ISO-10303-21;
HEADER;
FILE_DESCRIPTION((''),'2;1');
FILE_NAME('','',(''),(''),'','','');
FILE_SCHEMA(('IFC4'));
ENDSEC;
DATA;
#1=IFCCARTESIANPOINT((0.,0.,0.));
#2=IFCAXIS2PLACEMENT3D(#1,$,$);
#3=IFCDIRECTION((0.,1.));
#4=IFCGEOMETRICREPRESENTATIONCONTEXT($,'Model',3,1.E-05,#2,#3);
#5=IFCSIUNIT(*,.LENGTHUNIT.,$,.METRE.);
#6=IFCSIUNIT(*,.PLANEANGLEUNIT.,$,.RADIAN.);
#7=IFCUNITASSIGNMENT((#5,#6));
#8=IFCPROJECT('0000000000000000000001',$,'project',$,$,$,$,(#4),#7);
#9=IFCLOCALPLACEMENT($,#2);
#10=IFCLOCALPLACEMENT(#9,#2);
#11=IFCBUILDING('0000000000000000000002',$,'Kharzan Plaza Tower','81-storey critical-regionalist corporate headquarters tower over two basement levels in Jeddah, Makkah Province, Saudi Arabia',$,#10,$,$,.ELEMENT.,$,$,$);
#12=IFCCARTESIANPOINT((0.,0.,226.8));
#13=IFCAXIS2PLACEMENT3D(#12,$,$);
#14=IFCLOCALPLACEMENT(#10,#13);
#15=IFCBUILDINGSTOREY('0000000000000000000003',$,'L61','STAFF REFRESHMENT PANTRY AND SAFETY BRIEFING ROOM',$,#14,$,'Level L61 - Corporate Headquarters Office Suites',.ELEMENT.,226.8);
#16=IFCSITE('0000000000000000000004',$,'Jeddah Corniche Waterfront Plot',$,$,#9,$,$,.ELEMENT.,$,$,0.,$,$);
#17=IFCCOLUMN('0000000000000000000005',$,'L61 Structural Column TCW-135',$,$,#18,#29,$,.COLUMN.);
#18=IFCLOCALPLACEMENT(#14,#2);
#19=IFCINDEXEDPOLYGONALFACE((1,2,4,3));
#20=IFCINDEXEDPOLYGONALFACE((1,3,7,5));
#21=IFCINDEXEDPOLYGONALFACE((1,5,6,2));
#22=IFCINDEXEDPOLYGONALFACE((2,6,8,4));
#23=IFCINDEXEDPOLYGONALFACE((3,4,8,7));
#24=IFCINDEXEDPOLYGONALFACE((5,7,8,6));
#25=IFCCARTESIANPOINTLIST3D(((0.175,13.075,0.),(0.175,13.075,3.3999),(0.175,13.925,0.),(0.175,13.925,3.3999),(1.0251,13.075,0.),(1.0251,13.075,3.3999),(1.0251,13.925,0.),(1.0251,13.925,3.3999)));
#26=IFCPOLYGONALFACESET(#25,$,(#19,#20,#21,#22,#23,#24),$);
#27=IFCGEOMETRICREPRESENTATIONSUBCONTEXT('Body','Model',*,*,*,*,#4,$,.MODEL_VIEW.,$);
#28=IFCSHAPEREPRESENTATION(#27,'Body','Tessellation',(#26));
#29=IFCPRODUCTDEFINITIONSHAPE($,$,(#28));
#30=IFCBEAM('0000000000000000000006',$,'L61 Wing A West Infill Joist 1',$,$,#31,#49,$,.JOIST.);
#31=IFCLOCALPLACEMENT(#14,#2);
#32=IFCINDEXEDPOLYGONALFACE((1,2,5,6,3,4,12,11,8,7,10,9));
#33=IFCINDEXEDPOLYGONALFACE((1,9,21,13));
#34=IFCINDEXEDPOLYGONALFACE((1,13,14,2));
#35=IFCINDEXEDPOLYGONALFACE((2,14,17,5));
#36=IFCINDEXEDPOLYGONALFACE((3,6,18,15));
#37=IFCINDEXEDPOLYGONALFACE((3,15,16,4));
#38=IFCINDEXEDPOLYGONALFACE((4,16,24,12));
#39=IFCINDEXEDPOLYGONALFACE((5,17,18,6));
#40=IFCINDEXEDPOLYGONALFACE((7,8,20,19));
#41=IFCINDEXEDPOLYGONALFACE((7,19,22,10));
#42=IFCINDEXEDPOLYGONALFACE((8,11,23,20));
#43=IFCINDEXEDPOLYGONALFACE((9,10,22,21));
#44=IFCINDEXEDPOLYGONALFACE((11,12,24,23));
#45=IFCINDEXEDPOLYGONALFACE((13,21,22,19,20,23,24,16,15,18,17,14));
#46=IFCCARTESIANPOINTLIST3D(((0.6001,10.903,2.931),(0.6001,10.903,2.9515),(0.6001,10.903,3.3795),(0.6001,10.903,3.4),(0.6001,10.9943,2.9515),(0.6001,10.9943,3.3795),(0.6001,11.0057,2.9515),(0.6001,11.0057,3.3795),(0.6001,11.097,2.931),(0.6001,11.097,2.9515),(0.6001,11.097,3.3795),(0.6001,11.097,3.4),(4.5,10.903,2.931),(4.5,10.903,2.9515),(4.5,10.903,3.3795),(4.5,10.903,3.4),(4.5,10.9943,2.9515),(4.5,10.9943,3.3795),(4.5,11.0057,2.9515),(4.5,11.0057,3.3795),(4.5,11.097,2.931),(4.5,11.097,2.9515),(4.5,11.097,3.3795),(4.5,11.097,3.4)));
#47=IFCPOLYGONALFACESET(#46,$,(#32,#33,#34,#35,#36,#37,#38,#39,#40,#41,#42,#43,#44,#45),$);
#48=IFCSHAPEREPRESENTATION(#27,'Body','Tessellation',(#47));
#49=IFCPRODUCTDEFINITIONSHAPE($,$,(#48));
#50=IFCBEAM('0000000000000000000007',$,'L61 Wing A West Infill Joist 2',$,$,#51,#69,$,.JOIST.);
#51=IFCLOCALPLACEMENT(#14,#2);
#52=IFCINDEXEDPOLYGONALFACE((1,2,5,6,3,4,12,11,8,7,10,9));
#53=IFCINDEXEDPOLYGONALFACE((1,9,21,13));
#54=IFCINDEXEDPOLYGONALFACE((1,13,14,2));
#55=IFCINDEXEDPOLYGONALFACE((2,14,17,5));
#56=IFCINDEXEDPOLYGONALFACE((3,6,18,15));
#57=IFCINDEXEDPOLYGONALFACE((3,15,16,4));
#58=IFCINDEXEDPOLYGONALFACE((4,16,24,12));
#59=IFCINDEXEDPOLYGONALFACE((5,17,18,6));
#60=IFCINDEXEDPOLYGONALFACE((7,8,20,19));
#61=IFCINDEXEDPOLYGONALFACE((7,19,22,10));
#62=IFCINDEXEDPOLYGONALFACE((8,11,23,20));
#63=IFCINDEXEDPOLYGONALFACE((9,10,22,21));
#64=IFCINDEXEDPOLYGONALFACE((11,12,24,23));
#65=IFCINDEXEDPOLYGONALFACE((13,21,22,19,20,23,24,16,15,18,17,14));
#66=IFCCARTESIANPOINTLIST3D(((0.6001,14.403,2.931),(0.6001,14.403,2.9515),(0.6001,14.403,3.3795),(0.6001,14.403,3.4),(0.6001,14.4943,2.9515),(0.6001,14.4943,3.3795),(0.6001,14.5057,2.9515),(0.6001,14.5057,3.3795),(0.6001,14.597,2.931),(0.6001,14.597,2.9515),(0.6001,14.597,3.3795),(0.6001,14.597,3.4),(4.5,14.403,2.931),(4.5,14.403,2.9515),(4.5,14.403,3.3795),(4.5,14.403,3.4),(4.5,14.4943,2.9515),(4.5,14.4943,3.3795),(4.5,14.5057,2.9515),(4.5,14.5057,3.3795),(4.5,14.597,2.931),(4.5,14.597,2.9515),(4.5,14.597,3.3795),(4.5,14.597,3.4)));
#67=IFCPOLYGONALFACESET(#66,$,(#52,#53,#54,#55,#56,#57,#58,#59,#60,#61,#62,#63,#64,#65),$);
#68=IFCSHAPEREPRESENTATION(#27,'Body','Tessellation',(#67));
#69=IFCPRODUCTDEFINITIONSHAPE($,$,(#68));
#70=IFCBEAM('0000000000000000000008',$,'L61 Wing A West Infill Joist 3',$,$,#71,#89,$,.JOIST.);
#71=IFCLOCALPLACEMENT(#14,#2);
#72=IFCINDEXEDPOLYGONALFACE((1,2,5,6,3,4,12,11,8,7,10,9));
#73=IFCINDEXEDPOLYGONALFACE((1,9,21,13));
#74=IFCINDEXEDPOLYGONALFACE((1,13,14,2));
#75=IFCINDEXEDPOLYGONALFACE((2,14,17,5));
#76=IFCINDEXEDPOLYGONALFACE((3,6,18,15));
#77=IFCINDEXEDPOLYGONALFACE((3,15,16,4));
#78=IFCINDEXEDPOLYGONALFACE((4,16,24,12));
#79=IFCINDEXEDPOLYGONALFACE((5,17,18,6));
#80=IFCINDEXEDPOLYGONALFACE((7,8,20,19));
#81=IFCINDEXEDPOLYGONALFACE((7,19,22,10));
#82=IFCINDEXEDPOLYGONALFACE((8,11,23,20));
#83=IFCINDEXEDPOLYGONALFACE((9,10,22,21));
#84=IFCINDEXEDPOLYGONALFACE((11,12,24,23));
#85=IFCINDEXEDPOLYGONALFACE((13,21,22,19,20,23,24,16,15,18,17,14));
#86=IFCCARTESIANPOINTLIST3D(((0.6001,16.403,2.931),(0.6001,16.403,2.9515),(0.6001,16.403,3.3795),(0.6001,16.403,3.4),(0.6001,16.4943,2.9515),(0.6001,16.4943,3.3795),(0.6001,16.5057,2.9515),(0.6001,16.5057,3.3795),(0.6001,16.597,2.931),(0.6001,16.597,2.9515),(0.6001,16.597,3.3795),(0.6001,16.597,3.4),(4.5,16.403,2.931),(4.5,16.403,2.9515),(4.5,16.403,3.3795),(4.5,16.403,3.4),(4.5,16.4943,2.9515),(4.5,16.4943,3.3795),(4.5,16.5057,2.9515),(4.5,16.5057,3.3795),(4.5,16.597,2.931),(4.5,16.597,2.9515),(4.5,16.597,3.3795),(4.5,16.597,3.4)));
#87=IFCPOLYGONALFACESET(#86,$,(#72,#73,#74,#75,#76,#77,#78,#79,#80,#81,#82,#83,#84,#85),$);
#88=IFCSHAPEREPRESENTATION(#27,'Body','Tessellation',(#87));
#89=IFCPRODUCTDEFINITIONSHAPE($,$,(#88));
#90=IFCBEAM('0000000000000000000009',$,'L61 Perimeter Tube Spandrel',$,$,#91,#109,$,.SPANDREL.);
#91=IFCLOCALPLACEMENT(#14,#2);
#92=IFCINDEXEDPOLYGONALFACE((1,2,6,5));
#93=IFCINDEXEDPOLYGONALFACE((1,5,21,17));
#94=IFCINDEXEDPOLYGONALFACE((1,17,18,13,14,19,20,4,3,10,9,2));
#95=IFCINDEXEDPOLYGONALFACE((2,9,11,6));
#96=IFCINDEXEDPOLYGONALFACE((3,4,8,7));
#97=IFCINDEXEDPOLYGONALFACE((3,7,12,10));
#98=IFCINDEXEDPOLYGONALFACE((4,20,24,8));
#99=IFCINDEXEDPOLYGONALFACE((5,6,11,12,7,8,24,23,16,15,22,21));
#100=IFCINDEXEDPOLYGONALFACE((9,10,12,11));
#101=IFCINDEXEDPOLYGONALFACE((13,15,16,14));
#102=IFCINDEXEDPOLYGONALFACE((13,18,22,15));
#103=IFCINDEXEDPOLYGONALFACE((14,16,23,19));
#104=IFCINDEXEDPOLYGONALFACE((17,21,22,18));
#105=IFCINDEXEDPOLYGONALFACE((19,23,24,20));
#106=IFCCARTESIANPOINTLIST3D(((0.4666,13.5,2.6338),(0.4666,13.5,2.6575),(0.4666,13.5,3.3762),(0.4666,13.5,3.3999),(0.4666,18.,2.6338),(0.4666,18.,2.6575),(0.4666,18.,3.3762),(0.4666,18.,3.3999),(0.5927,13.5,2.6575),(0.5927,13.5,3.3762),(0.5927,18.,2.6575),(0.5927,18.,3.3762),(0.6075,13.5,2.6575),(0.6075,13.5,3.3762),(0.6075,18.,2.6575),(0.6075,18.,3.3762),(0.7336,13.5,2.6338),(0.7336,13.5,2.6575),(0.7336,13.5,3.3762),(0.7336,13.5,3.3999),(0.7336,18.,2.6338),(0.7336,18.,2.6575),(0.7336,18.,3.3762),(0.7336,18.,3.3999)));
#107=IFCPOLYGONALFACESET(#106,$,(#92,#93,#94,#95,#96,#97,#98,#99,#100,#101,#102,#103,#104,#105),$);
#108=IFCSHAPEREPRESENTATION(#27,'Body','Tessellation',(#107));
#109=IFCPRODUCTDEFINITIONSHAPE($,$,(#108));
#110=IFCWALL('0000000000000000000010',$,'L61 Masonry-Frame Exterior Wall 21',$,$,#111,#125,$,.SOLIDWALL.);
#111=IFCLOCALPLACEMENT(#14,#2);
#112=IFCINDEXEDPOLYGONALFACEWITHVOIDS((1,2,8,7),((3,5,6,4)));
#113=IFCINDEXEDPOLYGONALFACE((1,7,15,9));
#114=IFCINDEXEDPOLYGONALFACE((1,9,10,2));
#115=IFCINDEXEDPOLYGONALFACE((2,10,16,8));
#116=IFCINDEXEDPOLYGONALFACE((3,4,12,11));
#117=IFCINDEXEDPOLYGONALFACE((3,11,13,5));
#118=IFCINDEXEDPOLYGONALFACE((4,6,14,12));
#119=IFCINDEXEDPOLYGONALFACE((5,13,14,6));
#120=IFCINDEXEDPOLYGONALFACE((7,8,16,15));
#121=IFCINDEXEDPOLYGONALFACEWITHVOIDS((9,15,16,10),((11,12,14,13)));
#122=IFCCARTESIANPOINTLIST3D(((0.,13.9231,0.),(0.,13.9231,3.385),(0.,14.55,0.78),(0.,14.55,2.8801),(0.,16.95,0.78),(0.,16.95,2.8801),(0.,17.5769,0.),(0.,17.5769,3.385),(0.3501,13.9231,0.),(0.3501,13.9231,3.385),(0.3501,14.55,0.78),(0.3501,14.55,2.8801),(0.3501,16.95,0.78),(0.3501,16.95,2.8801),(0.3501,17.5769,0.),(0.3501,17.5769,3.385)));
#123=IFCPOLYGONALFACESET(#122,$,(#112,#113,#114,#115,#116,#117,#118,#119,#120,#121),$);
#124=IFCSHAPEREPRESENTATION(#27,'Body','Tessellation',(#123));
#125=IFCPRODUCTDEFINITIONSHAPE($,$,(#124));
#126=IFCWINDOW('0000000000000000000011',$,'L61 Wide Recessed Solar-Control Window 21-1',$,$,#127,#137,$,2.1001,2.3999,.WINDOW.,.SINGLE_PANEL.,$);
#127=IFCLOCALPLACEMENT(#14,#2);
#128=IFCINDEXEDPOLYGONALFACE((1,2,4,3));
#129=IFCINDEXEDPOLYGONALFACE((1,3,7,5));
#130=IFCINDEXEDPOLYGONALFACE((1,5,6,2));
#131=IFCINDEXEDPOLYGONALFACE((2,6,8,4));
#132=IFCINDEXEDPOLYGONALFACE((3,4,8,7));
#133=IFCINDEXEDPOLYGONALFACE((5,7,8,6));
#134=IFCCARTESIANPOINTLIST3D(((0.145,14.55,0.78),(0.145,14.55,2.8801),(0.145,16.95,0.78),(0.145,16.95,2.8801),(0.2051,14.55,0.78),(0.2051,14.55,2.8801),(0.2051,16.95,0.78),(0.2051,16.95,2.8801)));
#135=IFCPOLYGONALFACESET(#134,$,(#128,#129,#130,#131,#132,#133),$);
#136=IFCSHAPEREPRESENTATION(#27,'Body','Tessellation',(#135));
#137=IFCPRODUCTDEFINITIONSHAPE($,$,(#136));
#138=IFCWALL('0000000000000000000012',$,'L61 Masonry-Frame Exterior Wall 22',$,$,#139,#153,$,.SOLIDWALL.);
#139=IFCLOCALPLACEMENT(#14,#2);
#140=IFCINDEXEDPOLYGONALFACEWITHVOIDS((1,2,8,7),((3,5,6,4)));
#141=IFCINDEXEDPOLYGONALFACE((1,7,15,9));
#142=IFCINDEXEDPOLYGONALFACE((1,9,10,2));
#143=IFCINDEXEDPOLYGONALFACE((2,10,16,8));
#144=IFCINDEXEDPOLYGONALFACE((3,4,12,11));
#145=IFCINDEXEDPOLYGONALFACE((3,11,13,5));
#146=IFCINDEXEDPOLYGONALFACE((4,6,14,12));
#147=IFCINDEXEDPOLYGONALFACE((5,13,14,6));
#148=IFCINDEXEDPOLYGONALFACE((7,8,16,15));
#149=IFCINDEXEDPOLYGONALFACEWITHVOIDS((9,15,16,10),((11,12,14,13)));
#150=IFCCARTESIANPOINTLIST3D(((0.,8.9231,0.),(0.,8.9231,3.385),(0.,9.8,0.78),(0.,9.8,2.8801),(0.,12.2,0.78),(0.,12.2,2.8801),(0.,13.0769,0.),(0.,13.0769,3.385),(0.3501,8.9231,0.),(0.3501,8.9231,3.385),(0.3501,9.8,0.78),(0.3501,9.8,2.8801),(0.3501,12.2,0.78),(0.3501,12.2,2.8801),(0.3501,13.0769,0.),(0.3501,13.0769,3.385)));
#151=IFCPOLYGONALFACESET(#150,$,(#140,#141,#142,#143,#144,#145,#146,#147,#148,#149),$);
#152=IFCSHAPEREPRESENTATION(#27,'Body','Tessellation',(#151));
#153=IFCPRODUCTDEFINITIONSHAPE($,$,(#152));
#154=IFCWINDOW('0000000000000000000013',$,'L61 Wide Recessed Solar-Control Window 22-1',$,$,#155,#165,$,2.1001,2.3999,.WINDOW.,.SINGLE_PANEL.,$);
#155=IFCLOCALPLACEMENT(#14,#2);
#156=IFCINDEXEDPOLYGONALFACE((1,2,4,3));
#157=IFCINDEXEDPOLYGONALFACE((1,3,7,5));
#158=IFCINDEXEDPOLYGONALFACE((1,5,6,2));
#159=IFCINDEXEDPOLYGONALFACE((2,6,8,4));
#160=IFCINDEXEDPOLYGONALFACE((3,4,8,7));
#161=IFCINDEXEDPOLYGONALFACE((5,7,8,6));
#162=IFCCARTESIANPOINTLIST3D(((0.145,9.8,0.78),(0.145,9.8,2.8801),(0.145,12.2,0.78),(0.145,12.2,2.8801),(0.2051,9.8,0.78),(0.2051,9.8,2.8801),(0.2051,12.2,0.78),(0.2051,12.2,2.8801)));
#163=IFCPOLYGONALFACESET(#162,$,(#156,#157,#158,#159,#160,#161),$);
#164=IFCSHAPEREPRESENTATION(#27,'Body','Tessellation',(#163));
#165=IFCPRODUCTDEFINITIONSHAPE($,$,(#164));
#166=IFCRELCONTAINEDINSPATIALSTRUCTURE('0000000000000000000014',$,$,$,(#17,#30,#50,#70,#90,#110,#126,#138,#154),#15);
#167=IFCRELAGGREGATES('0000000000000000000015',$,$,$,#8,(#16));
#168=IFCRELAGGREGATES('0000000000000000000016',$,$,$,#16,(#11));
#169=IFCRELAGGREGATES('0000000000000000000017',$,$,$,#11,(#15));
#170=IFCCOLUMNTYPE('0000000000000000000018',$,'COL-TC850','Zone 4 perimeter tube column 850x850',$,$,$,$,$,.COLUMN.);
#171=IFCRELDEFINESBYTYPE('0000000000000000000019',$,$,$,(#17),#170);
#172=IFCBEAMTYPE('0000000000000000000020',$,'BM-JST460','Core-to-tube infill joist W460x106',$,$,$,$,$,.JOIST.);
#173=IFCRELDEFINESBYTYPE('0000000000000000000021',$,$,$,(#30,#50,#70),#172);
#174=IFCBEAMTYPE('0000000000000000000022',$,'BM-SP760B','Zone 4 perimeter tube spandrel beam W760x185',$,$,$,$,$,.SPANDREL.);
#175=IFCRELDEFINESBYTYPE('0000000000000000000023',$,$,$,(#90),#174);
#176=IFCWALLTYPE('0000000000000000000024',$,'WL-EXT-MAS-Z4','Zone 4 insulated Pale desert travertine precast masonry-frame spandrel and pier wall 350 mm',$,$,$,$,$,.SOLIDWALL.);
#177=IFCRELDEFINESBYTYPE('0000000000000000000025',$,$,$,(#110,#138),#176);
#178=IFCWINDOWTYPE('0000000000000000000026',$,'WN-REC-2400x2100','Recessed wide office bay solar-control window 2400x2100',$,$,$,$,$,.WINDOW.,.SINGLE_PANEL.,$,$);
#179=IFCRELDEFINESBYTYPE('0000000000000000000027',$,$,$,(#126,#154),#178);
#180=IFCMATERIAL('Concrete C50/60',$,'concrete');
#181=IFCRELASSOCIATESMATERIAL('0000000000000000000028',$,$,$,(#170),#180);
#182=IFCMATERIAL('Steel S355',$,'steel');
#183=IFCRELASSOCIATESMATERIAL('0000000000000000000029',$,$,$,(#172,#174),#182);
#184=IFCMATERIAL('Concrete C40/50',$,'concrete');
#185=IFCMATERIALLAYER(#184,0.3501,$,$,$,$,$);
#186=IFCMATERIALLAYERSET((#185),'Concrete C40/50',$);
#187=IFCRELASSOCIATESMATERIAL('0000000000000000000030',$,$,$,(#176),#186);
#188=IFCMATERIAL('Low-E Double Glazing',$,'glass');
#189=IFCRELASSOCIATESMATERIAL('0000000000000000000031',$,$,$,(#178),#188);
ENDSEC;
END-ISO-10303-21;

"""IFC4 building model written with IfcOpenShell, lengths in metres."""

from ifc_helpers import new_model, si_unit, direction, frame, frame_2d, origin, origin_2d, place, context, subcontext, project, spatial, rectangle, i_section, extrude, source, transform, mapped, material, layer, layer_set, material_profile, profile_set, type_object, element, fill, save


model = new_model("IFC4")

# Units and contexts
model_context = context("Model", 3, precision=1e-05, world=origin(), true_north=direction((0.0, 1.0)))
body_context = subcontext(model_context, "Body", "Model", "MODEL_VIEW")
ifc_project = project(units=[si_unit("LENGTHUNIT", "METRE"), si_unit("PLANEANGLEUNIT", "RADIAN")], contexts=[model_context])

# Site, building, storey
site_placement = place(None, origin())
site = spatial("IfcSite", under=ifc_project, at=site_placement, Name="Jeddah Corniche Waterfront Plot", CompositionType="ELEMENT", RefElevation=0.0)
building_placement = place(site_placement, origin())
building = spatial("IfcBuilding", under=site, at=building_placement, Name="Kharzan Plaza Tower", Description="81-storey critical-regionalist corporate headquarters tower over two basement levels in Jeddah, Makkah Province, Saudi Arabia", CompositionType="ELEMENT")
storey_placement = place(building_placement, frame((0.0, 0.0, 226.8)))
storey = spatial("IfcBuildingStorey", under=building, at=storey_placement, Name="L61", Description="STAFF REFRESHMENT PANTRY AND SAFETY BRIEFING ROOM", LongName="Level L61 - Corporate Headquarters Office Suites", CompositionType="ELEMENT", Elevation=226.8)

# Column
ifc_material_1 = material(Name="Concrete C50/60", Category="concrete")
ifc_material_profile_1 = material_profile(ifc_material_1, rectangle(XDim=0.8501, YDim=0.8501, at=origin_2d()), Name="RC-TC850x850")
ifc_profile_set_1 = profile_set([ifc_material_profile_1], Name="Concrete C50/60")
column_type = type_object("IfcColumnType", Name="COL-TC850", Description="Zone 4 perimeter tube column 850x850", PredefinedType="COLUMN", material=ifc_profile_set_1)
shared_shape_1 = source(origin(), body_context, "Body", "SweptSolid", [
    extrude(rectangle(XDim=0.8501, YDim=0.8501, at=origin_2d()), origin(), (0.0, 0.0, 1.0), 3.3999),
])
column_placement = place(storey_placement, frame((0.6001, 13.5, 0.0), z_axis=(0.0, 0.0, 1.0), x_axis=(1.0, 0.0, 0.0)))
element("IfcColumn", 1, at=column_placement, inside=storey, type_object=column_type, Name="L61 Structural Column TCW-135", PredefinedType="COLUMN", context=body_context, shape_type="MappedRepresentation", body=[
    mapped(shared_shape_1, transform((0.0, 0.0, 0.0), x_axis=(1.0, 0.0, 0.0), y_axis=(0.0, 1.0, 0.0), z_axis=(0.0, 0.0, 1.0))),
])

# Beams
ifc_material_2 = material(Name="Steel S355", Category="steel")
ifc_material_profile_2 = material_profile(ifc_material_2, i_section(OverallWidth=0.1941, OverallDepth=0.469, WebThickness=0.0115, FlangeThickness=0.0205, at=origin_2d()), Name="W460x106")
ifc_profile_set_2 = profile_set([ifc_material_profile_2], Name="Steel S355")
beam_type_1 = type_object("IfcBeamType", Name="BM-JST460", Description="Core-to-tube infill joist W460x106", PredefinedType="JOIST", material=ifc_profile_set_2)
shared_shape_2 = source(origin(), body_context, "Body", "SweptSolid", [
    extrude(i_section(OverallWidth=0.1941, OverallDepth=0.469, WebThickness=0.0115, FlangeThickness=0.0205, at=origin_2d()), origin(), (0.0, 0.0, 1.0), 3.8999),
])
for number, where, z_axis, x_axis, name in (
    (2, (0.6001, 11.0, 3.1655), (1.0, 0.0, 0.0), (0.0, 1.0, 0.0), "L61 Wing A West Infill Joist 1"),
    (3, (0.6001, 14.5, 3.1655), (1.0, 0.0, 0.0), (0.0, 1.0, 0.0), "L61 Wing A West Infill Joist 2"),
    (4, (0.6001, 16.5, 3.1655), (1.0, 0.0, 0.0), (0.0, 1.0, 0.0), "L61 Wing A West Infill Joist 3"),
):
    element("IfcBeam", number, at=place(storey_placement, frame(where, z_axis=z_axis, x_axis=x_axis)), inside=storey, type_object=beam_type_1, Name=name, PredefinedType="JOIST", context=body_context, shape_type="MappedRepresentation", body=[
        mapped(shared_shape_2, transform((0.0, 0.0, 0.0), x_axis=(1.0, 0.0, 0.0), y_axis=(0.0, 1.0, 0.0), z_axis=(0.0, 0.0, 1.0))),
    ])
ifc_material_profile_3 = material_profile(ifc_material_2, i_section(OverallWidth=0.2671, OverallDepth=0.7661, WebThickness=0.0149, FlangeThickness=0.0237, at=origin_2d()), Name="W760x185")
ifc_profile_set_3 = profile_set([ifc_material_profile_3], Name="Steel S355")
beam_type_2 = type_object("IfcBeamType", Name="BM-SP760B", Description="Zone 4 perimeter tube spandrel beam W760x185", PredefinedType="SPANDREL", material=ifc_profile_set_3)
shared_shape_3 = source(origin(), body_context, "Body", "SweptSolid", [
    extrude(i_section(OverallWidth=0.2671, OverallDepth=0.7661, WebThickness=0.0149, FlangeThickness=0.0237, at=origin_2d()), origin(), (0.0, 0.0, 1.0), 4.5),
])
beam_placement = place(storey_placement, frame((0.6001, 13.5, 3.0168), z_axis=(0.0, 1.0, 0.0), x_axis=(-1.0, 0.0, 0.0)))
element("IfcBeam", 5, at=beam_placement, inside=storey, type_object=beam_type_2, Name="L61 Perimeter Tube Spandrel", PredefinedType="SPANDREL", context=body_context, shape_type="MappedRepresentation", body=[
    mapped(shared_shape_3, transform((0.0, 0.0, 0.0), x_axis=(1.0, 0.0, 0.0), y_axis=(0.0, 1.0, 0.0), z_axis=(0.0, 0.0, 1.0))),
])

# Walls, openings, windows
ifc_material_3 = material(Name="Concrete C40/50", Category="concrete")
ifc_layer_1 = layer(ifc_material_3, 0.3501)
ifc_layer_set_1 = layer_set([ifc_layer_1], Name="Concrete C40/50")
wall_type_1 = type_object("IfcWallType", Name="WL-EXT-MAS-Z4", Description="Zone 4 insulated Pale desert travertine precast masonry-frame spandrel and pier wall 350 mm", PredefinedType="SOLIDWALL", material=ifc_layer_set_1)
wall_1_placement = place(storey_placement, frame((0.175, 17.5769, 0.0), z_axis=(0.0, 0.0, 1.0), x_axis=(0.0, -1.0, 0.0)))
wall_1 = element("IfcWall", 6, at=wall_1_placement, inside=storey, type_object=wall_type_1, Name="L61 Masonry-Frame Exterior Wall 21", PredefinedType="SOLIDWALL", context=body_context, shape_type="SweptSolid", body=[
    extrude(rectangle(XDim=3.6538, YDim=0.3501, at=frame_2d((1.8269, 0.0))), origin(), (0.0, 0.0, 1.0), 3.385),
])
opening_1_placement = place(wall_1_placement, frame((0.627, 0.0, 0.78)))
opening_1 = element("IfcOpeningElement", 7, at=opening_1_placement, cuts=wall_1, PredefinedType="OPENING", context=body_context, shape_type="SweptSolid", body=[
    extrude(rectangle(XDim=2.3999, YDim=2.1001, at=frame_2d((1.2, 1.05))), frame((0.0, 0.1851, 0.0), z_axis=(0.0, -1.0, 0.0), x_axis=(1.0, 0.0, 0.0)), (0.0, 0.0, 1.0), 0.3701),
])
ifc_material_4 = material(Name="Low-E Double Glazing", Category="glass")
window_type = type_object("IfcWindowType", Name="WN-REC-2400x2100", Description="Recessed wide office bay solar-control window 2400x2100", PartitioningType="SINGLE_PANEL", PredefinedType="WINDOW", material=ifc_material_4)
shared_shape_4 = source(origin(), body_context, "Body", "SweptSolid", [
    extrude(rectangle(XDim=2.3999, YDim=2.1001, at=frame_2d((1.2, 1.05))), frame((0.0, 0.03, 0.0), z_axis=(0.0, -1.0, 0.0), x_axis=(1.0, 0.0, 0.0)), (0.0, 0.0, 1.0), 0.0601),
])
window_1_placement = place(opening_1_placement, origin())
window_1 = element("IfcWindow", 8, at=window_1_placement, inside=storey, type_object=window_type, Name="L61 Wide Recessed Solar-Control Window 21-1", OverallHeight=2.1001, OverallWidth=2.3999, PartitioningType="SINGLE_PANEL", PredefinedType="WINDOW", context=body_context, shape_type="MappedRepresentation", body=[
    mapped(shared_shape_4, transform((0.0, 0.0, 0.0), x_axis=(1.0, 0.0, 0.0), y_axis=(0.0, 1.0, 0.0), z_axis=(0.0, 0.0, 1.0))),
])
fill(opening_1, window_1)
wall_2_placement = place(storey_placement, frame((0.175, 13.0769, 0.0), z_axis=(0.0, 0.0, 1.0), x_axis=(0.0, -1.0, 0.0)))
wall_2 = element("IfcWall", 9, at=wall_2_placement, inside=storey, type_object=wall_type_1, Name="L61 Masonry-Frame Exterior Wall 22", PredefinedType="SOLIDWALL", context=body_context, shape_type="SweptSolid", body=[
    extrude(rectangle(XDim=4.1538, YDim=0.3501, at=frame_2d((2.0769, 0.0))), origin(), (0.0, 0.0, 1.0), 3.385),
])
opening_2_placement = place(wall_2_placement, frame((0.877, 0.0, 0.78)))
opening_2 = element("IfcOpeningElement", 10, at=opening_2_placement, cuts=wall_2, PredefinedType="OPENING", context=body_context, shape_type="SweptSolid", body=[
    extrude(rectangle(XDim=2.3999, YDim=2.1001, at=frame_2d((1.2, 1.05))), frame((0.0, 0.1851, 0.0), z_axis=(0.0, -1.0, 0.0), x_axis=(1.0, 0.0, 0.0)), (0.0, 0.0, 1.0), 0.3701),
])
window_2_placement = place(opening_2_placement, origin())
window_2 = element("IfcWindow", 11, at=window_2_placement, inside=storey, type_object=window_type, Name="L61 Wide Recessed Solar-Control Window 22-1", OverallHeight=2.1001, OverallWidth=2.3999, PartitioningType="SINGLE_PANEL", PredefinedType="WINDOW", context=body_context, shape_type="MappedRepresentation", body=[
    mapped(shared_shape_4, transform((0.0, 0.0, 0.0), x_axis=(1.0, 0.0, 0.0), y_axis=(0.0, 1.0, 0.0), z_axis=(0.0, 0.0, 1.0))),
])
fill(opening_2, window_2)

save(model, "model.ifc")
